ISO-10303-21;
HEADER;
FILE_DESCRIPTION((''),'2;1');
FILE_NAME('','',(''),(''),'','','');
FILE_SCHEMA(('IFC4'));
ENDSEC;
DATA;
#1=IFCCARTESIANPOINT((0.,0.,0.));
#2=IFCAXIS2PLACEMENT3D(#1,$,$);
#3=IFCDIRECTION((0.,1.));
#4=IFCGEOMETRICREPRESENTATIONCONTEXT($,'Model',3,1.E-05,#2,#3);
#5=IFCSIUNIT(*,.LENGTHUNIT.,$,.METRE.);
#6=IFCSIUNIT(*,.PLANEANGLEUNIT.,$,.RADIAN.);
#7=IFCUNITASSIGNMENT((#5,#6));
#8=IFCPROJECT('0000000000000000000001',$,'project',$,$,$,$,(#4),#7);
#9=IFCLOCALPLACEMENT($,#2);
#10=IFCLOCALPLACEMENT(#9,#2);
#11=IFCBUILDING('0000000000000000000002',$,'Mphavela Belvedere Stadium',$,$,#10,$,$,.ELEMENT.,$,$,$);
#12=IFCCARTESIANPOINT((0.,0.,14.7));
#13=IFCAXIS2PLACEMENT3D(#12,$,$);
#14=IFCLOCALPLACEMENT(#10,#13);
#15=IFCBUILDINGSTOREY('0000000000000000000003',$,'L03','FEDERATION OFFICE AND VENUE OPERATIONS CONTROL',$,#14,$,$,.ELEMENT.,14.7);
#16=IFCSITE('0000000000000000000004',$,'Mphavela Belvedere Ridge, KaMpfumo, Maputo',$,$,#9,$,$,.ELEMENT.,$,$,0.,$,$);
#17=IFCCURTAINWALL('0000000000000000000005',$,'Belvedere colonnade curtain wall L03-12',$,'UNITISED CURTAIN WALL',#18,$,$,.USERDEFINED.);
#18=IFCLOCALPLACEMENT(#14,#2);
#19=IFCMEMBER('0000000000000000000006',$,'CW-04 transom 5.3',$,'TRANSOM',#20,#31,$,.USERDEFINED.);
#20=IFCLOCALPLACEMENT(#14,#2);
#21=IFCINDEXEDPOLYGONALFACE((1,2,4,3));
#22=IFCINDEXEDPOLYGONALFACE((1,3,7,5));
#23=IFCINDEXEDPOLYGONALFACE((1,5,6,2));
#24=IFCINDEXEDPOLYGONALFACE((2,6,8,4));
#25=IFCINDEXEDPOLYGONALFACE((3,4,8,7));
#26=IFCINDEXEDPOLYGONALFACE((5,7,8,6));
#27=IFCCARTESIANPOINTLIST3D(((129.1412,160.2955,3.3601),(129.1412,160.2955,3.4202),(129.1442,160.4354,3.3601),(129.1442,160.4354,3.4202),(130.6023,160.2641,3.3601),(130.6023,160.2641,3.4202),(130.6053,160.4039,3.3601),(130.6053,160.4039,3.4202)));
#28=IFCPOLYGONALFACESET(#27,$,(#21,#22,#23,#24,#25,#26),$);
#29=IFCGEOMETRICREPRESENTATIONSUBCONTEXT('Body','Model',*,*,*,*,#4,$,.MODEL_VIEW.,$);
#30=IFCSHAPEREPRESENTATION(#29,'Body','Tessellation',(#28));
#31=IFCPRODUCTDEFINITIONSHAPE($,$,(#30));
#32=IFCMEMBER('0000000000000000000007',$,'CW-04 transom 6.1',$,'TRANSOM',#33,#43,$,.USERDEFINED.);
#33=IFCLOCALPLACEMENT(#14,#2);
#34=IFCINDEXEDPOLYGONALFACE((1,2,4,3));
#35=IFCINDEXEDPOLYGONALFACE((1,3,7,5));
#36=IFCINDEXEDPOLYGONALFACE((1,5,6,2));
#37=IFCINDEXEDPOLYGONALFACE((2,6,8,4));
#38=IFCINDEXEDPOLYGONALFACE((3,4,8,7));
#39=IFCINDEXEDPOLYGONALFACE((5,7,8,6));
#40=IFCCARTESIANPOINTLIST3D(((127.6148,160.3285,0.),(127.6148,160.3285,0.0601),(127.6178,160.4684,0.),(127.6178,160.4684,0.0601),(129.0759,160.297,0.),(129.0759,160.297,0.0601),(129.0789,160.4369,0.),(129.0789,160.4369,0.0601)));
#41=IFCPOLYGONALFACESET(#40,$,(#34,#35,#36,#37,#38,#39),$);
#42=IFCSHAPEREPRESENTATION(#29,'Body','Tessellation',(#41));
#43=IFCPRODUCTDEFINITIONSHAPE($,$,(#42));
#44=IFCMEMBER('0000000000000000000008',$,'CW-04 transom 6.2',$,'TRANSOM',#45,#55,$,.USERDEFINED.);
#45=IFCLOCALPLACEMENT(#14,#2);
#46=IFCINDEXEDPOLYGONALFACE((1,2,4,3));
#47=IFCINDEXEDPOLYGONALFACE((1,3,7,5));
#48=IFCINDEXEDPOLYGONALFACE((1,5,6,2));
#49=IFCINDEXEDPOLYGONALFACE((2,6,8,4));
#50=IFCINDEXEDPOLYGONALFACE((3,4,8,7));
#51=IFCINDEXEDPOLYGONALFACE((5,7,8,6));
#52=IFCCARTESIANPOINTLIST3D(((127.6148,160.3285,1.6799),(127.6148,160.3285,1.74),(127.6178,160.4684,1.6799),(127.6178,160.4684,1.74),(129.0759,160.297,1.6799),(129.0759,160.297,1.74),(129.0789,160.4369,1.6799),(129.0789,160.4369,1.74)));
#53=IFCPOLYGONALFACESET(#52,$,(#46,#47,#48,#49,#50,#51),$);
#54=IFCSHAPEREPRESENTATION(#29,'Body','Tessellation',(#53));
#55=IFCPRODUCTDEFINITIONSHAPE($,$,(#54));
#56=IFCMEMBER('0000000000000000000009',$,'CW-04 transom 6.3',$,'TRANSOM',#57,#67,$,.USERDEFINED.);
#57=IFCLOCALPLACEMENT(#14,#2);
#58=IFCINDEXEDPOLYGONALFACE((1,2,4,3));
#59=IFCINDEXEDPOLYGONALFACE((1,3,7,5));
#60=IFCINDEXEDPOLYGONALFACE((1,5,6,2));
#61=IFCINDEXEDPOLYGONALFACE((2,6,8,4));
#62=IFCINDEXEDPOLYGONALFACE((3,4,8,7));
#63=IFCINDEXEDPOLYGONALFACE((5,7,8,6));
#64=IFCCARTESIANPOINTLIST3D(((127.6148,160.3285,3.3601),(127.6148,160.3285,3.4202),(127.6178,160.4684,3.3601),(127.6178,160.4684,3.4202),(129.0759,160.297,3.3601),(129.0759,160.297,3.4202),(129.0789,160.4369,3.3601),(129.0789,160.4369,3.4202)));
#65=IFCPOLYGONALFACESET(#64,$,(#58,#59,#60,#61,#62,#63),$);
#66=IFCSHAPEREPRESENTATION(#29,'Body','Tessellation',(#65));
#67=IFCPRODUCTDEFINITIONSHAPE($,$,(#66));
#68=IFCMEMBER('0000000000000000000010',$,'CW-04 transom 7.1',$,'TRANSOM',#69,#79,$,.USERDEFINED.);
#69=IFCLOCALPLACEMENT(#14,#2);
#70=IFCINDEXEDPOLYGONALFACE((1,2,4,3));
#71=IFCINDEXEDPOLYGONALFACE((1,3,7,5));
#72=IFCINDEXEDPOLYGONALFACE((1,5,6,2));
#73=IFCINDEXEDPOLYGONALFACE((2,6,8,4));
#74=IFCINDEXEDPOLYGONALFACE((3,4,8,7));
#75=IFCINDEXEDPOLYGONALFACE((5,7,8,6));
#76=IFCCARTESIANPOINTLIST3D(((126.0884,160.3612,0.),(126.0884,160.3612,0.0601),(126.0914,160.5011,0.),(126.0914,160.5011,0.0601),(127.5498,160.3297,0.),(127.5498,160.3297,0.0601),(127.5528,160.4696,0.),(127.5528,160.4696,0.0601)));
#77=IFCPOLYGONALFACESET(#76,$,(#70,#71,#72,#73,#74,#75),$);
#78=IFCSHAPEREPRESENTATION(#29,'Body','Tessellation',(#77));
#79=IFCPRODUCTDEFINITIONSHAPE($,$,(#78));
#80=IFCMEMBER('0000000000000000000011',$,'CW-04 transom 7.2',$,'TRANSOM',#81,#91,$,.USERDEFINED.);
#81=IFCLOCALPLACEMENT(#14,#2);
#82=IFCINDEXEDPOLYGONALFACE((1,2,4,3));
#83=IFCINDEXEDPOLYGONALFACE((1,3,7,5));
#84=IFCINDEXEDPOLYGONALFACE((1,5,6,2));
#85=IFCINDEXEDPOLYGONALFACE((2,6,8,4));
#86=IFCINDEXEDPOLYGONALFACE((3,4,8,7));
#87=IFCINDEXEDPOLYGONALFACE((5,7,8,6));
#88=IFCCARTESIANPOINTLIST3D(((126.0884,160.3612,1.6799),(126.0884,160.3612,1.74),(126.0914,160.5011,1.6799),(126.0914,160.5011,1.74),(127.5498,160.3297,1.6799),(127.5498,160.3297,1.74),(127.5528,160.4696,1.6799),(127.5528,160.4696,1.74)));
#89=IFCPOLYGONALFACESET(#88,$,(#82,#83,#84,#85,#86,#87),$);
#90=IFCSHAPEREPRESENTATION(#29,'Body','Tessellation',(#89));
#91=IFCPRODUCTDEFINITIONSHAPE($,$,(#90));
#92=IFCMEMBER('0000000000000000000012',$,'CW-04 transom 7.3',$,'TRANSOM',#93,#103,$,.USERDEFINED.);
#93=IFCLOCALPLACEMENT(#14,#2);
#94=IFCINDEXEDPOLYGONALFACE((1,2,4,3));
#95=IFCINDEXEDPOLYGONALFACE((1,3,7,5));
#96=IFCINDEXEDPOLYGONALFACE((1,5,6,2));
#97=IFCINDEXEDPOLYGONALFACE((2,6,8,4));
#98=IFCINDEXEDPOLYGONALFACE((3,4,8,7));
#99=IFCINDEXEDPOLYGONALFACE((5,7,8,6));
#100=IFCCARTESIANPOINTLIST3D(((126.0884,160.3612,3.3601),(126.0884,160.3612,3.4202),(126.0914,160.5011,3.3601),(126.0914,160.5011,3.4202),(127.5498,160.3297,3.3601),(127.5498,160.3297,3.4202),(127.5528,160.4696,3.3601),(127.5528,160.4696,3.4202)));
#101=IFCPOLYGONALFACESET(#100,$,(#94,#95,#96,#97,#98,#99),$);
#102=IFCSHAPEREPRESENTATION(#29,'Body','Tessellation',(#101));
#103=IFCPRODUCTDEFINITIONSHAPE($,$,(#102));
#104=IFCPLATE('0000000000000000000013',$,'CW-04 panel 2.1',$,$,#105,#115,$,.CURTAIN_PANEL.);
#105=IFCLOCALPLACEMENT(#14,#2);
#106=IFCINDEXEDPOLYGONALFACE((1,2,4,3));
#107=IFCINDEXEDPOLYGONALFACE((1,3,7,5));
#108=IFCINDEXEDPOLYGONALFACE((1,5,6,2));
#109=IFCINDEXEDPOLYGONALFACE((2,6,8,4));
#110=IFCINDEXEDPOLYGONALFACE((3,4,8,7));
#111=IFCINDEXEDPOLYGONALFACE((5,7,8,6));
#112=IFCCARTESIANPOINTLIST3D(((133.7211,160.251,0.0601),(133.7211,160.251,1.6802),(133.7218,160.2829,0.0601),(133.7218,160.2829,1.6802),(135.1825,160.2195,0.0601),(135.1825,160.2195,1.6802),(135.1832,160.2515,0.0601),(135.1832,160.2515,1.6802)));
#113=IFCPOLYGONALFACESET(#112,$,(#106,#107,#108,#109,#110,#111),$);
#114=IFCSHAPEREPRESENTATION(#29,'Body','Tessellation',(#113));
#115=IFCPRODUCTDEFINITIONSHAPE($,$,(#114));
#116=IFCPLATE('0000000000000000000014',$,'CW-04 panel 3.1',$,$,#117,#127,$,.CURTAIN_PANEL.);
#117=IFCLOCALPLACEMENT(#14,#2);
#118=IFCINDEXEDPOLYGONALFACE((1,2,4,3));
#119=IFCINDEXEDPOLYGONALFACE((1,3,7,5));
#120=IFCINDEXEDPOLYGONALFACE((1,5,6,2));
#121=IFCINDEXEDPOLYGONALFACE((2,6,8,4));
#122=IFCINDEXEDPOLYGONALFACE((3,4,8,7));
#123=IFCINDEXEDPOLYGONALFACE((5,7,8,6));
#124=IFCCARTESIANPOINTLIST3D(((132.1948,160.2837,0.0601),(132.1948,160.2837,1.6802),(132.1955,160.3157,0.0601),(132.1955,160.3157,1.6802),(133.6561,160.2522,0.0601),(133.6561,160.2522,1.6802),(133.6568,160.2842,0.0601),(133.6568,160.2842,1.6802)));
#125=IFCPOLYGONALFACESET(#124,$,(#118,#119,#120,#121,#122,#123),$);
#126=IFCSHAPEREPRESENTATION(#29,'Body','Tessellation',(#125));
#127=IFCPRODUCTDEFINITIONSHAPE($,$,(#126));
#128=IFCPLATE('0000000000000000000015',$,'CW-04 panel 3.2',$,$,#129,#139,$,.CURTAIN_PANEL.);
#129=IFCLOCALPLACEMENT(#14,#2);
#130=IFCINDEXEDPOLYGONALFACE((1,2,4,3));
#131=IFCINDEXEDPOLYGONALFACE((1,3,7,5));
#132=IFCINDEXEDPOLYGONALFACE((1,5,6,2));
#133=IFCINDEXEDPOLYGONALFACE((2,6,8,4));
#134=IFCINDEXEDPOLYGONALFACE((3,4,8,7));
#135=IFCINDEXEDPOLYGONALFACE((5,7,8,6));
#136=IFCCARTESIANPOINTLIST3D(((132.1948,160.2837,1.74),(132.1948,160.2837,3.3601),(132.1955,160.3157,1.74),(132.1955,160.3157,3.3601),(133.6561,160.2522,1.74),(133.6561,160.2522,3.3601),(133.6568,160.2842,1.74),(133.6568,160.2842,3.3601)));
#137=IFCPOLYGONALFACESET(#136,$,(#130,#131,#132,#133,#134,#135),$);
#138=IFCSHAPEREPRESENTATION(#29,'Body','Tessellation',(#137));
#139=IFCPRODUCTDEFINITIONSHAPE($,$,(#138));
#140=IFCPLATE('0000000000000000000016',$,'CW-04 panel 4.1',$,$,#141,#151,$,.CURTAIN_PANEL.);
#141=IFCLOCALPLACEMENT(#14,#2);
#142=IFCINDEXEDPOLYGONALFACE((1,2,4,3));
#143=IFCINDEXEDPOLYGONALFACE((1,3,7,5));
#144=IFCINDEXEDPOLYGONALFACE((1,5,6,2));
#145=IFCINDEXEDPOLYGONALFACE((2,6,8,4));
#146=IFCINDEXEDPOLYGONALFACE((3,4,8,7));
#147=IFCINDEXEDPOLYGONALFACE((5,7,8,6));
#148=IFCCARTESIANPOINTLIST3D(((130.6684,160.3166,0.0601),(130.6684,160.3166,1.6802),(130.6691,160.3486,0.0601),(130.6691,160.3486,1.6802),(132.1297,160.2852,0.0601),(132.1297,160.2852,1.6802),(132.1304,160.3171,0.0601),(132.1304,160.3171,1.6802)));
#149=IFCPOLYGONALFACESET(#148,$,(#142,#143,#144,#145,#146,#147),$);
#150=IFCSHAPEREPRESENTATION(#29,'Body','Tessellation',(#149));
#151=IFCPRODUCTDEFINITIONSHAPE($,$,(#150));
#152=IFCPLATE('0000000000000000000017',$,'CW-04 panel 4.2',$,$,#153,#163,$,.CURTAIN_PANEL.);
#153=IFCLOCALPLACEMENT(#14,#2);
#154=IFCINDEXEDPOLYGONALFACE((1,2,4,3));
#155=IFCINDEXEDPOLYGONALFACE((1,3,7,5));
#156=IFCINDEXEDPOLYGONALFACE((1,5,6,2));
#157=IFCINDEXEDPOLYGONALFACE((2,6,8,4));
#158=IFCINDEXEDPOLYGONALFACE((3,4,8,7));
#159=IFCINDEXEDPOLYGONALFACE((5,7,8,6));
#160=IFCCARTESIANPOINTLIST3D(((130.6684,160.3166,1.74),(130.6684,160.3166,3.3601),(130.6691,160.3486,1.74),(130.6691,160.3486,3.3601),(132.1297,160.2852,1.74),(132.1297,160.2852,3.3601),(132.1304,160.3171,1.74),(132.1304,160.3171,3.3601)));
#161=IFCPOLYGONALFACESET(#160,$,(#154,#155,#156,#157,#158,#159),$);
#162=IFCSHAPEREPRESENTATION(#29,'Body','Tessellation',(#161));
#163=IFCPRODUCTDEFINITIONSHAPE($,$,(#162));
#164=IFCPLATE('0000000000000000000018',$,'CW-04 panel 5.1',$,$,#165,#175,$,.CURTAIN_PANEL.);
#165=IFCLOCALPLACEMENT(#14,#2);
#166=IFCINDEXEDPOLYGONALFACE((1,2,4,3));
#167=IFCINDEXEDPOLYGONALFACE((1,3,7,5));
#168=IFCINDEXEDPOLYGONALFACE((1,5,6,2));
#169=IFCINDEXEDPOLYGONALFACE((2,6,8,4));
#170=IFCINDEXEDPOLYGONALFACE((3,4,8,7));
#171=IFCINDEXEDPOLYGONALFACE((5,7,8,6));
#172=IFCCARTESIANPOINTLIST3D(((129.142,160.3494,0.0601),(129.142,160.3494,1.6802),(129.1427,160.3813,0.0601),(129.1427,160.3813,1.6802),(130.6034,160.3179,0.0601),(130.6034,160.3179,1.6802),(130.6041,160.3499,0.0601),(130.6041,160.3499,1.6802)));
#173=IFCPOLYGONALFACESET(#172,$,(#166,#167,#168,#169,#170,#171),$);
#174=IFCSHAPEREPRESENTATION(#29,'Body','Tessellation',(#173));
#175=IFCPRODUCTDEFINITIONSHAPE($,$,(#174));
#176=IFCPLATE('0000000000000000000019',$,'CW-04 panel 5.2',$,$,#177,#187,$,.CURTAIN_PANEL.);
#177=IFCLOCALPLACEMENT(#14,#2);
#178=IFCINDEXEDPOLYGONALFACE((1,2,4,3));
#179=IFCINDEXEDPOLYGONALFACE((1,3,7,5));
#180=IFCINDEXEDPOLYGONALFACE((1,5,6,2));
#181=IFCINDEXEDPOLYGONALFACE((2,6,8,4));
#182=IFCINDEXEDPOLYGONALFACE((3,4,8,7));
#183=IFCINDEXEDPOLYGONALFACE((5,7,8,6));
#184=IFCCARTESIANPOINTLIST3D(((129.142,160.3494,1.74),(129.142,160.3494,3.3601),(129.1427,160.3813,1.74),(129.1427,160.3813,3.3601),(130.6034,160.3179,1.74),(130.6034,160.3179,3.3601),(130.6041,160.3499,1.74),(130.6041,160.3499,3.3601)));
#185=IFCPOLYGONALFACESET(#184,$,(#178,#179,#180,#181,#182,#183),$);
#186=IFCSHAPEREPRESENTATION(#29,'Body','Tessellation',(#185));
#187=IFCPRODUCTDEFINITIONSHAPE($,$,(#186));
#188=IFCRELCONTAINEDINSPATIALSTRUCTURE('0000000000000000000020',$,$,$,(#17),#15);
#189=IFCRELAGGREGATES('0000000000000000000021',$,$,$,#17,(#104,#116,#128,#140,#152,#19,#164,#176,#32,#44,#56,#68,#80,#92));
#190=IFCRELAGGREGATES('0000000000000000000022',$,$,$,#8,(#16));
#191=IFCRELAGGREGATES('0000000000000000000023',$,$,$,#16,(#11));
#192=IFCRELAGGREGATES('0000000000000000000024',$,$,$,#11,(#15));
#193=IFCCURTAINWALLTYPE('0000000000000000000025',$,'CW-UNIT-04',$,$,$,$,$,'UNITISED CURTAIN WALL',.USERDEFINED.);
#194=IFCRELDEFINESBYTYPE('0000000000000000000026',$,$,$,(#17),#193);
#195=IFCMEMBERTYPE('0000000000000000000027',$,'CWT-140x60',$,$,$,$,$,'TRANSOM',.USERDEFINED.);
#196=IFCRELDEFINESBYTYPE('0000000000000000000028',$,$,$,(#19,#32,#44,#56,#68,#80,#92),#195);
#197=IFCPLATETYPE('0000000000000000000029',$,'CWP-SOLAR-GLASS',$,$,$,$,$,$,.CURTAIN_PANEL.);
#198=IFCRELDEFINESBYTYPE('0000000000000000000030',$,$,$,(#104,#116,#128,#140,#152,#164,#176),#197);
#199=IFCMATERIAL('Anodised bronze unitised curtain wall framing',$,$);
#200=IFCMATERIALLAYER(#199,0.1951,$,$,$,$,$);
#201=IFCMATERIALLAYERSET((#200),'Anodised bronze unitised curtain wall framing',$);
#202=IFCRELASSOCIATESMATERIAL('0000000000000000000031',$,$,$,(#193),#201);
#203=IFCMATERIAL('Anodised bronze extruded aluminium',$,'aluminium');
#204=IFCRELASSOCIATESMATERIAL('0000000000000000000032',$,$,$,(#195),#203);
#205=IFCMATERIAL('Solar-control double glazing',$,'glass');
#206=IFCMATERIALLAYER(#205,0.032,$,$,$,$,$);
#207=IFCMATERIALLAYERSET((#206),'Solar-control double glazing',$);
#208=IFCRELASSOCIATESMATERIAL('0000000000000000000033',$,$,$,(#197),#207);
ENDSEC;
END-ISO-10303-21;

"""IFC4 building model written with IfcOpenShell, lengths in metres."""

from ifc_helpers import new_model, si_unit, direction, frame, origin, origin_2d, place, context, subcontext, project, spatial, rectangle, extrude, material, layer, layer_set, material_profile, profile_set, type_object, element, aggregate, save


model = new_model("IFC4")

# Units and contexts
model_context = context("Model", 3, precision=1e-05, world=origin(), true_north=direction((0.0, 1.0)))
body_context = subcontext(model_context, "Body", "Model", "MODEL_VIEW")
ifc_project = project(units=[si_unit("LENGTHUNIT", "METRE"), si_unit("PLANEANGLEUNIT", "RADIAN")], contexts=[model_context])

# Site, building, storey
site_placement = place(None, origin())
site = spatial("IfcSite", under=ifc_project, at=site_placement, Name="Mphavela Belvedere Ridge, KaMpfumo, Maputo", CompositionType="ELEMENT", RefElevation=0.0)
building_placement = place(site_placement, origin())
building = spatial("IfcBuilding", under=site, at=building_placement, Name="Mphavela Belvedere Stadium", CompositionType="ELEMENT")
storey_placement = place(building_placement, frame((0.0, 0.0, 14.7)))
storey = spatial("IfcBuildingStorey", under=building, at=storey_placement, Name="L03", Description="FEDERATION OFFICE AND VENUE OPERATIONS CONTROL", CompositionType="ELEMENT", Elevation=14.7)

# Curtain wall, members, plates
ifc_material_1 = material(Name="Anodised bronze unitised curtain wall framing")
ifc_layer_1 = layer(ifc_material_1, 0.1951)
ifc_layer_set_1 = layer_set([ifc_layer_1], Name="Anodised bronze unitised curtain wall framing")
curtain_wall_type = type_object("IfcCurtainWallType", Name="CW-UNIT-04", ElementType="UNITISED CURTAIN WALL", PredefinedType="USERDEFINED", material=ifc_layer_set_1)
curtain_wall_placement = place(storey_placement, origin())
curtain_wall = element("IfcCurtainWall", 1, at=curtain_wall_placement, inside=storey, type_object=curtain_wall_type, Name="Belvedere colonnade curtain wall L03-12", ObjectType="UNITISED CURTAIN WALL", PredefinedType="USERDEFINED")
ifc_material_2 = material(Name="Anodised bronze extruded aluminium", Category="aluminium")
ifc_material_profile_1 = material_profile(ifc_material_2, rectangle(XDim=0.1399, YDim=0.0601, at=origin_2d()), Name="CW-TRN 140x60")
ifc_profile_set_1 = profile_set([ifc_material_profile_1], Name="Anodised bronze extruded aluminium")
member_type_1 = type_object("IfcMemberType", Name="CWT-140x60", ElementType="TRANSOM", PredefinedType="USERDEFINED", material=ifc_profile_set_1)
member_1_placement = place(storey_placement, frame((130.6038, 160.334, 3.3901), z_axis=(-0.999768, 0.021549, 0.0), x_axis=(-0.021549, -0.999768, 0.0)))
member_1 = element("IfcMember", 2, at=member_1_placement, type_object=member_type_1, Name="CW-04 transom 5.3", ObjectType="TRANSOM", PredefinedType="USERDEFINED", context=body_context, shape_type="SweptSolid", body=[
    extrude(rectangle(XDim=0.1399, YDim=0.0601, at=origin_2d()), origin(), (0.0, 0.0, 1.0), 1.4614),
])
member_2_placement = place(storey_placement, frame((129.0774, 160.3669, 0.03), z_axis=(-0.999768, 0.021549, 0.0), x_axis=(-0.021549, -0.999768, 0.0)))
member_2 = element("IfcMember", 3, at=member_2_placement, type_object=member_type_1, Name="CW-04 transom 6.1", ObjectType="TRANSOM", PredefinedType="USERDEFINED", context=body_context, shape_type="SweptSolid", body=[
    extrude(rectangle(XDim=0.1399, YDim=0.0601, at=origin_2d()), origin(), (0.0, 0.0, 1.0), 1.4614),
])
member_3_placement = place(storey_placement, frame((129.0774, 160.3669, 1.71), z_axis=(-0.999768, 0.021549, 0.0), x_axis=(-0.021549, -0.999768, 0.0)))
member_3 = element("IfcMember", 4, at=member_3_placement, type_object=member_type_1, Name="CW-04 transom 6.2", ObjectType="TRANSOM", PredefinedType="USERDEFINED", context=body_context, shape_type="SweptSolid", body=[
    extrude(rectangle(XDim=0.1399, YDim=0.0601, at=origin_2d()), origin(), (0.0, 0.0, 1.0), 1.4614),
])
member_4_placement = place(storey_placement, frame((129.0774, 160.3669, 3.3901), z_axis=(-0.999768, 0.021549, 0.0), x_axis=(-0.021549, -0.999768, 0.0)))
member_4 = element("IfcMember", 5, at=member_4_placement, type_object=member_type_1, Name="CW-04 transom 6.3", ObjectType="TRANSOM", PredefinedType="USERDEFINED", context=body_context, shape_type="SweptSolid", body=[
    extrude(rectangle(XDim=0.1399, YDim=0.0601, at=origin_2d()), origin(), (0.0, 0.0, 1.0), 1.4614),
])
member_5_placement = place(storey_placement, frame((127.5513, 160.3997, 0.03), z_axis=(-0.999768, 0.021545, 0.0), x_axis=(-0.021545, -0.999768, 0.0)))
member_5 = element("IfcMember", 6, at=member_5_placement, type_object=member_type_1, Name="CW-04 transom 7.1", ObjectType="TRANSOM", PredefinedType="USERDEFINED", context=body_context, shape_type="SweptSolid", body=[
    extrude(rectangle(XDim=0.1399, YDim=0.0601, at=origin_2d()), origin(), (0.0, 0.0, 1.0), 1.4617),
])
member_6_placement = place(storey_placement, frame((127.5513, 160.3997, 1.71), z_axis=(-0.999768, 0.021545, 0.0), x_axis=(-0.021545, -0.999768, 0.0)))
member_6 = element("IfcMember", 7, at=member_6_placement, type_object=member_type_1, Name="CW-04 transom 7.2", ObjectType="TRANSOM", PredefinedType="USERDEFINED", context=body_context, shape_type="SweptSolid", body=[
    extrude(rectangle(XDim=0.1399, YDim=0.0601, at=origin_2d()), origin(), (0.0, 0.0, 1.0), 1.4617),
])
member_7_placement = place(storey_placement, frame((127.5513, 160.3997, 3.3901), z_axis=(-0.999768, 0.021545, 0.0), x_axis=(-0.021545, -0.999768, 0.0)))
member_7 = element("IfcMember", 8, at=member_7_placement, type_object=member_type_1, Name="CW-04 transom 7.3", ObjectType="TRANSOM", PredefinedType="USERDEFINED", context=body_context, shape_type="SweptSolid", body=[
    extrude(rectangle(XDim=0.1399, YDim=0.0601, at=origin_2d()), origin(), (0.0, 0.0, 1.0), 1.4617),
])
ifc_material_3 = material(Name="Solar-control double glazing", Category="glass")
ifc_layer_2 = layer(ifc_material_3, 0.032)
ifc_layer_set_2 = layer_set([ifc_layer_2], Name="Solar-control double glazing")
plate_type = type_object("IfcPlateType", Name="CWP-SOLAR-GLASS", PredefinedType="CURTAIN_PANEL", material=ifc_layer_set_2)
plate_1_placement = place(storey_placement, frame((134.4521, 160.2512, 0.0601), z_axis=(0.0, 0.0, 1.0), x_axis=(-0.999768, 0.021531, 0.0)))
plate_1 = element("IfcPlate", 9, at=plate_1_placement, type_object=plate_type, Name="CW-04 panel 2.1", PredefinedType="CURTAIN_PANEL", context=body_context, shape_type="SweptSolid", body=[
    extrude(rectangle(XDim=1.4617, YDim=0.032, at=origin_2d()), origin(), (0.0, 0.0, 1.0), 1.6201),
])
plate_2_placement = place(storey_placement, frame((132.9258, 160.2839, 0.0601), z_axis=(0.0, 0.0, 1.0), x_axis=(-0.999768, 0.021531, 0.0)))
plate_2 = element("IfcPlate", 10, at=plate_2_placement, type_object=plate_type, Name="CW-04 panel 3.1", PredefinedType="CURTAIN_PANEL", context=body_context, shape_type="SweptSolid", body=[
    extrude(rectangle(XDim=1.4617, YDim=0.032, at=origin_2d()), origin(), (0.0, 0.0, 1.0), 1.6201),
])
plate_3_placement = place(storey_placement, frame((132.9258, 160.2839, 1.74), z_axis=(0.0, 0.0, 1.0), x_axis=(-0.999768, 0.021531, 0.0)))
plate_3 = element("IfcPlate", 11, at=plate_3_placement, type_object=plate_type, Name="CW-04 panel 3.2", PredefinedType="CURTAIN_PANEL", context=body_context, shape_type="SweptSolid", body=[
    extrude(rectangle(XDim=1.4617, YDim=0.032, at=origin_2d()), origin(), (0.0, 0.0, 1.0), 1.6201),
])
plate_4_placement = place(storey_placement, frame((131.3994, 160.3169, 0.0601), z_axis=(0.0, 0.0, 1.0), x_axis=(-0.999768, 0.021531, 0.0)))
plate_4 = element("IfcPlate", 12, at=plate_4_placement, type_object=plate_type, Name="CW-04 panel 4.1", PredefinedType="CURTAIN_PANEL", context=body_context, shape_type="SweptSolid", body=[
    extrude(rectangle(XDim=1.4617, YDim=0.032, at=origin_2d()), origin(), (0.0, 0.0, 1.0), 1.6201),
])
plate_5_placement = place(storey_placement, frame((131.3994, 160.3169, 1.74), z_axis=(0.0, 0.0, 1.0), x_axis=(-0.999768, 0.021531, 0.0)))
plate_5 = element("IfcPlate", 13, at=plate_5_placement, type_object=plate_type, Name="CW-04 panel 4.2", PredefinedType="CURTAIN_PANEL", context=body_context, shape_type="SweptSolid", body=[
    extrude(rectangle(XDim=1.4617, YDim=0.032, at=origin_2d()), origin(), (0.0, 0.0, 1.0), 1.6201),
])
plate_6_placement = place(storey_placement, frame((129.873, 160.3496, 0.0601), z_axis=(0.0, 0.0, 1.0), x_axis=(-0.999768, 0.021531, 0.0)))
plate_6 = element("IfcPlate", 14, at=plate_6_placement, type_object=plate_type, Name="CW-04 panel 5.1", PredefinedType="CURTAIN_PANEL", context=body_context, shape_type="SweptSolid", body=[
    extrude(rectangle(XDim=1.4617, YDim=0.032, at=origin_2d()), origin(), (0.0, 0.0, 1.0), 1.6201),
])
plate_7_placement = place(storey_placement, frame((129.873, 160.3496, 1.74), z_axis=(0.0, 0.0, 1.0), x_axis=(-0.999768, 0.021531, 0.0)))
plate_7 = element("IfcPlate", 15, at=plate_7_placement, type_object=plate_type, Name="CW-04 panel 5.2", PredefinedType="CURTAIN_PANEL", context=body_context, shape_type="SweptSolid", body=[
    extrude(rectangle(XDim=1.4617, YDim=0.032, at=origin_2d()), origin(), (0.0, 0.0, 1.0), 1.6201),
])
aggregate(curtain_wall, [plate_1, plate_2, plate_3, plate_4, plate_5, member_1, plate_6, plate_7, member_2, member_3, member_4, member_5, member_6, member_7])

save(model, "model.ifc")
